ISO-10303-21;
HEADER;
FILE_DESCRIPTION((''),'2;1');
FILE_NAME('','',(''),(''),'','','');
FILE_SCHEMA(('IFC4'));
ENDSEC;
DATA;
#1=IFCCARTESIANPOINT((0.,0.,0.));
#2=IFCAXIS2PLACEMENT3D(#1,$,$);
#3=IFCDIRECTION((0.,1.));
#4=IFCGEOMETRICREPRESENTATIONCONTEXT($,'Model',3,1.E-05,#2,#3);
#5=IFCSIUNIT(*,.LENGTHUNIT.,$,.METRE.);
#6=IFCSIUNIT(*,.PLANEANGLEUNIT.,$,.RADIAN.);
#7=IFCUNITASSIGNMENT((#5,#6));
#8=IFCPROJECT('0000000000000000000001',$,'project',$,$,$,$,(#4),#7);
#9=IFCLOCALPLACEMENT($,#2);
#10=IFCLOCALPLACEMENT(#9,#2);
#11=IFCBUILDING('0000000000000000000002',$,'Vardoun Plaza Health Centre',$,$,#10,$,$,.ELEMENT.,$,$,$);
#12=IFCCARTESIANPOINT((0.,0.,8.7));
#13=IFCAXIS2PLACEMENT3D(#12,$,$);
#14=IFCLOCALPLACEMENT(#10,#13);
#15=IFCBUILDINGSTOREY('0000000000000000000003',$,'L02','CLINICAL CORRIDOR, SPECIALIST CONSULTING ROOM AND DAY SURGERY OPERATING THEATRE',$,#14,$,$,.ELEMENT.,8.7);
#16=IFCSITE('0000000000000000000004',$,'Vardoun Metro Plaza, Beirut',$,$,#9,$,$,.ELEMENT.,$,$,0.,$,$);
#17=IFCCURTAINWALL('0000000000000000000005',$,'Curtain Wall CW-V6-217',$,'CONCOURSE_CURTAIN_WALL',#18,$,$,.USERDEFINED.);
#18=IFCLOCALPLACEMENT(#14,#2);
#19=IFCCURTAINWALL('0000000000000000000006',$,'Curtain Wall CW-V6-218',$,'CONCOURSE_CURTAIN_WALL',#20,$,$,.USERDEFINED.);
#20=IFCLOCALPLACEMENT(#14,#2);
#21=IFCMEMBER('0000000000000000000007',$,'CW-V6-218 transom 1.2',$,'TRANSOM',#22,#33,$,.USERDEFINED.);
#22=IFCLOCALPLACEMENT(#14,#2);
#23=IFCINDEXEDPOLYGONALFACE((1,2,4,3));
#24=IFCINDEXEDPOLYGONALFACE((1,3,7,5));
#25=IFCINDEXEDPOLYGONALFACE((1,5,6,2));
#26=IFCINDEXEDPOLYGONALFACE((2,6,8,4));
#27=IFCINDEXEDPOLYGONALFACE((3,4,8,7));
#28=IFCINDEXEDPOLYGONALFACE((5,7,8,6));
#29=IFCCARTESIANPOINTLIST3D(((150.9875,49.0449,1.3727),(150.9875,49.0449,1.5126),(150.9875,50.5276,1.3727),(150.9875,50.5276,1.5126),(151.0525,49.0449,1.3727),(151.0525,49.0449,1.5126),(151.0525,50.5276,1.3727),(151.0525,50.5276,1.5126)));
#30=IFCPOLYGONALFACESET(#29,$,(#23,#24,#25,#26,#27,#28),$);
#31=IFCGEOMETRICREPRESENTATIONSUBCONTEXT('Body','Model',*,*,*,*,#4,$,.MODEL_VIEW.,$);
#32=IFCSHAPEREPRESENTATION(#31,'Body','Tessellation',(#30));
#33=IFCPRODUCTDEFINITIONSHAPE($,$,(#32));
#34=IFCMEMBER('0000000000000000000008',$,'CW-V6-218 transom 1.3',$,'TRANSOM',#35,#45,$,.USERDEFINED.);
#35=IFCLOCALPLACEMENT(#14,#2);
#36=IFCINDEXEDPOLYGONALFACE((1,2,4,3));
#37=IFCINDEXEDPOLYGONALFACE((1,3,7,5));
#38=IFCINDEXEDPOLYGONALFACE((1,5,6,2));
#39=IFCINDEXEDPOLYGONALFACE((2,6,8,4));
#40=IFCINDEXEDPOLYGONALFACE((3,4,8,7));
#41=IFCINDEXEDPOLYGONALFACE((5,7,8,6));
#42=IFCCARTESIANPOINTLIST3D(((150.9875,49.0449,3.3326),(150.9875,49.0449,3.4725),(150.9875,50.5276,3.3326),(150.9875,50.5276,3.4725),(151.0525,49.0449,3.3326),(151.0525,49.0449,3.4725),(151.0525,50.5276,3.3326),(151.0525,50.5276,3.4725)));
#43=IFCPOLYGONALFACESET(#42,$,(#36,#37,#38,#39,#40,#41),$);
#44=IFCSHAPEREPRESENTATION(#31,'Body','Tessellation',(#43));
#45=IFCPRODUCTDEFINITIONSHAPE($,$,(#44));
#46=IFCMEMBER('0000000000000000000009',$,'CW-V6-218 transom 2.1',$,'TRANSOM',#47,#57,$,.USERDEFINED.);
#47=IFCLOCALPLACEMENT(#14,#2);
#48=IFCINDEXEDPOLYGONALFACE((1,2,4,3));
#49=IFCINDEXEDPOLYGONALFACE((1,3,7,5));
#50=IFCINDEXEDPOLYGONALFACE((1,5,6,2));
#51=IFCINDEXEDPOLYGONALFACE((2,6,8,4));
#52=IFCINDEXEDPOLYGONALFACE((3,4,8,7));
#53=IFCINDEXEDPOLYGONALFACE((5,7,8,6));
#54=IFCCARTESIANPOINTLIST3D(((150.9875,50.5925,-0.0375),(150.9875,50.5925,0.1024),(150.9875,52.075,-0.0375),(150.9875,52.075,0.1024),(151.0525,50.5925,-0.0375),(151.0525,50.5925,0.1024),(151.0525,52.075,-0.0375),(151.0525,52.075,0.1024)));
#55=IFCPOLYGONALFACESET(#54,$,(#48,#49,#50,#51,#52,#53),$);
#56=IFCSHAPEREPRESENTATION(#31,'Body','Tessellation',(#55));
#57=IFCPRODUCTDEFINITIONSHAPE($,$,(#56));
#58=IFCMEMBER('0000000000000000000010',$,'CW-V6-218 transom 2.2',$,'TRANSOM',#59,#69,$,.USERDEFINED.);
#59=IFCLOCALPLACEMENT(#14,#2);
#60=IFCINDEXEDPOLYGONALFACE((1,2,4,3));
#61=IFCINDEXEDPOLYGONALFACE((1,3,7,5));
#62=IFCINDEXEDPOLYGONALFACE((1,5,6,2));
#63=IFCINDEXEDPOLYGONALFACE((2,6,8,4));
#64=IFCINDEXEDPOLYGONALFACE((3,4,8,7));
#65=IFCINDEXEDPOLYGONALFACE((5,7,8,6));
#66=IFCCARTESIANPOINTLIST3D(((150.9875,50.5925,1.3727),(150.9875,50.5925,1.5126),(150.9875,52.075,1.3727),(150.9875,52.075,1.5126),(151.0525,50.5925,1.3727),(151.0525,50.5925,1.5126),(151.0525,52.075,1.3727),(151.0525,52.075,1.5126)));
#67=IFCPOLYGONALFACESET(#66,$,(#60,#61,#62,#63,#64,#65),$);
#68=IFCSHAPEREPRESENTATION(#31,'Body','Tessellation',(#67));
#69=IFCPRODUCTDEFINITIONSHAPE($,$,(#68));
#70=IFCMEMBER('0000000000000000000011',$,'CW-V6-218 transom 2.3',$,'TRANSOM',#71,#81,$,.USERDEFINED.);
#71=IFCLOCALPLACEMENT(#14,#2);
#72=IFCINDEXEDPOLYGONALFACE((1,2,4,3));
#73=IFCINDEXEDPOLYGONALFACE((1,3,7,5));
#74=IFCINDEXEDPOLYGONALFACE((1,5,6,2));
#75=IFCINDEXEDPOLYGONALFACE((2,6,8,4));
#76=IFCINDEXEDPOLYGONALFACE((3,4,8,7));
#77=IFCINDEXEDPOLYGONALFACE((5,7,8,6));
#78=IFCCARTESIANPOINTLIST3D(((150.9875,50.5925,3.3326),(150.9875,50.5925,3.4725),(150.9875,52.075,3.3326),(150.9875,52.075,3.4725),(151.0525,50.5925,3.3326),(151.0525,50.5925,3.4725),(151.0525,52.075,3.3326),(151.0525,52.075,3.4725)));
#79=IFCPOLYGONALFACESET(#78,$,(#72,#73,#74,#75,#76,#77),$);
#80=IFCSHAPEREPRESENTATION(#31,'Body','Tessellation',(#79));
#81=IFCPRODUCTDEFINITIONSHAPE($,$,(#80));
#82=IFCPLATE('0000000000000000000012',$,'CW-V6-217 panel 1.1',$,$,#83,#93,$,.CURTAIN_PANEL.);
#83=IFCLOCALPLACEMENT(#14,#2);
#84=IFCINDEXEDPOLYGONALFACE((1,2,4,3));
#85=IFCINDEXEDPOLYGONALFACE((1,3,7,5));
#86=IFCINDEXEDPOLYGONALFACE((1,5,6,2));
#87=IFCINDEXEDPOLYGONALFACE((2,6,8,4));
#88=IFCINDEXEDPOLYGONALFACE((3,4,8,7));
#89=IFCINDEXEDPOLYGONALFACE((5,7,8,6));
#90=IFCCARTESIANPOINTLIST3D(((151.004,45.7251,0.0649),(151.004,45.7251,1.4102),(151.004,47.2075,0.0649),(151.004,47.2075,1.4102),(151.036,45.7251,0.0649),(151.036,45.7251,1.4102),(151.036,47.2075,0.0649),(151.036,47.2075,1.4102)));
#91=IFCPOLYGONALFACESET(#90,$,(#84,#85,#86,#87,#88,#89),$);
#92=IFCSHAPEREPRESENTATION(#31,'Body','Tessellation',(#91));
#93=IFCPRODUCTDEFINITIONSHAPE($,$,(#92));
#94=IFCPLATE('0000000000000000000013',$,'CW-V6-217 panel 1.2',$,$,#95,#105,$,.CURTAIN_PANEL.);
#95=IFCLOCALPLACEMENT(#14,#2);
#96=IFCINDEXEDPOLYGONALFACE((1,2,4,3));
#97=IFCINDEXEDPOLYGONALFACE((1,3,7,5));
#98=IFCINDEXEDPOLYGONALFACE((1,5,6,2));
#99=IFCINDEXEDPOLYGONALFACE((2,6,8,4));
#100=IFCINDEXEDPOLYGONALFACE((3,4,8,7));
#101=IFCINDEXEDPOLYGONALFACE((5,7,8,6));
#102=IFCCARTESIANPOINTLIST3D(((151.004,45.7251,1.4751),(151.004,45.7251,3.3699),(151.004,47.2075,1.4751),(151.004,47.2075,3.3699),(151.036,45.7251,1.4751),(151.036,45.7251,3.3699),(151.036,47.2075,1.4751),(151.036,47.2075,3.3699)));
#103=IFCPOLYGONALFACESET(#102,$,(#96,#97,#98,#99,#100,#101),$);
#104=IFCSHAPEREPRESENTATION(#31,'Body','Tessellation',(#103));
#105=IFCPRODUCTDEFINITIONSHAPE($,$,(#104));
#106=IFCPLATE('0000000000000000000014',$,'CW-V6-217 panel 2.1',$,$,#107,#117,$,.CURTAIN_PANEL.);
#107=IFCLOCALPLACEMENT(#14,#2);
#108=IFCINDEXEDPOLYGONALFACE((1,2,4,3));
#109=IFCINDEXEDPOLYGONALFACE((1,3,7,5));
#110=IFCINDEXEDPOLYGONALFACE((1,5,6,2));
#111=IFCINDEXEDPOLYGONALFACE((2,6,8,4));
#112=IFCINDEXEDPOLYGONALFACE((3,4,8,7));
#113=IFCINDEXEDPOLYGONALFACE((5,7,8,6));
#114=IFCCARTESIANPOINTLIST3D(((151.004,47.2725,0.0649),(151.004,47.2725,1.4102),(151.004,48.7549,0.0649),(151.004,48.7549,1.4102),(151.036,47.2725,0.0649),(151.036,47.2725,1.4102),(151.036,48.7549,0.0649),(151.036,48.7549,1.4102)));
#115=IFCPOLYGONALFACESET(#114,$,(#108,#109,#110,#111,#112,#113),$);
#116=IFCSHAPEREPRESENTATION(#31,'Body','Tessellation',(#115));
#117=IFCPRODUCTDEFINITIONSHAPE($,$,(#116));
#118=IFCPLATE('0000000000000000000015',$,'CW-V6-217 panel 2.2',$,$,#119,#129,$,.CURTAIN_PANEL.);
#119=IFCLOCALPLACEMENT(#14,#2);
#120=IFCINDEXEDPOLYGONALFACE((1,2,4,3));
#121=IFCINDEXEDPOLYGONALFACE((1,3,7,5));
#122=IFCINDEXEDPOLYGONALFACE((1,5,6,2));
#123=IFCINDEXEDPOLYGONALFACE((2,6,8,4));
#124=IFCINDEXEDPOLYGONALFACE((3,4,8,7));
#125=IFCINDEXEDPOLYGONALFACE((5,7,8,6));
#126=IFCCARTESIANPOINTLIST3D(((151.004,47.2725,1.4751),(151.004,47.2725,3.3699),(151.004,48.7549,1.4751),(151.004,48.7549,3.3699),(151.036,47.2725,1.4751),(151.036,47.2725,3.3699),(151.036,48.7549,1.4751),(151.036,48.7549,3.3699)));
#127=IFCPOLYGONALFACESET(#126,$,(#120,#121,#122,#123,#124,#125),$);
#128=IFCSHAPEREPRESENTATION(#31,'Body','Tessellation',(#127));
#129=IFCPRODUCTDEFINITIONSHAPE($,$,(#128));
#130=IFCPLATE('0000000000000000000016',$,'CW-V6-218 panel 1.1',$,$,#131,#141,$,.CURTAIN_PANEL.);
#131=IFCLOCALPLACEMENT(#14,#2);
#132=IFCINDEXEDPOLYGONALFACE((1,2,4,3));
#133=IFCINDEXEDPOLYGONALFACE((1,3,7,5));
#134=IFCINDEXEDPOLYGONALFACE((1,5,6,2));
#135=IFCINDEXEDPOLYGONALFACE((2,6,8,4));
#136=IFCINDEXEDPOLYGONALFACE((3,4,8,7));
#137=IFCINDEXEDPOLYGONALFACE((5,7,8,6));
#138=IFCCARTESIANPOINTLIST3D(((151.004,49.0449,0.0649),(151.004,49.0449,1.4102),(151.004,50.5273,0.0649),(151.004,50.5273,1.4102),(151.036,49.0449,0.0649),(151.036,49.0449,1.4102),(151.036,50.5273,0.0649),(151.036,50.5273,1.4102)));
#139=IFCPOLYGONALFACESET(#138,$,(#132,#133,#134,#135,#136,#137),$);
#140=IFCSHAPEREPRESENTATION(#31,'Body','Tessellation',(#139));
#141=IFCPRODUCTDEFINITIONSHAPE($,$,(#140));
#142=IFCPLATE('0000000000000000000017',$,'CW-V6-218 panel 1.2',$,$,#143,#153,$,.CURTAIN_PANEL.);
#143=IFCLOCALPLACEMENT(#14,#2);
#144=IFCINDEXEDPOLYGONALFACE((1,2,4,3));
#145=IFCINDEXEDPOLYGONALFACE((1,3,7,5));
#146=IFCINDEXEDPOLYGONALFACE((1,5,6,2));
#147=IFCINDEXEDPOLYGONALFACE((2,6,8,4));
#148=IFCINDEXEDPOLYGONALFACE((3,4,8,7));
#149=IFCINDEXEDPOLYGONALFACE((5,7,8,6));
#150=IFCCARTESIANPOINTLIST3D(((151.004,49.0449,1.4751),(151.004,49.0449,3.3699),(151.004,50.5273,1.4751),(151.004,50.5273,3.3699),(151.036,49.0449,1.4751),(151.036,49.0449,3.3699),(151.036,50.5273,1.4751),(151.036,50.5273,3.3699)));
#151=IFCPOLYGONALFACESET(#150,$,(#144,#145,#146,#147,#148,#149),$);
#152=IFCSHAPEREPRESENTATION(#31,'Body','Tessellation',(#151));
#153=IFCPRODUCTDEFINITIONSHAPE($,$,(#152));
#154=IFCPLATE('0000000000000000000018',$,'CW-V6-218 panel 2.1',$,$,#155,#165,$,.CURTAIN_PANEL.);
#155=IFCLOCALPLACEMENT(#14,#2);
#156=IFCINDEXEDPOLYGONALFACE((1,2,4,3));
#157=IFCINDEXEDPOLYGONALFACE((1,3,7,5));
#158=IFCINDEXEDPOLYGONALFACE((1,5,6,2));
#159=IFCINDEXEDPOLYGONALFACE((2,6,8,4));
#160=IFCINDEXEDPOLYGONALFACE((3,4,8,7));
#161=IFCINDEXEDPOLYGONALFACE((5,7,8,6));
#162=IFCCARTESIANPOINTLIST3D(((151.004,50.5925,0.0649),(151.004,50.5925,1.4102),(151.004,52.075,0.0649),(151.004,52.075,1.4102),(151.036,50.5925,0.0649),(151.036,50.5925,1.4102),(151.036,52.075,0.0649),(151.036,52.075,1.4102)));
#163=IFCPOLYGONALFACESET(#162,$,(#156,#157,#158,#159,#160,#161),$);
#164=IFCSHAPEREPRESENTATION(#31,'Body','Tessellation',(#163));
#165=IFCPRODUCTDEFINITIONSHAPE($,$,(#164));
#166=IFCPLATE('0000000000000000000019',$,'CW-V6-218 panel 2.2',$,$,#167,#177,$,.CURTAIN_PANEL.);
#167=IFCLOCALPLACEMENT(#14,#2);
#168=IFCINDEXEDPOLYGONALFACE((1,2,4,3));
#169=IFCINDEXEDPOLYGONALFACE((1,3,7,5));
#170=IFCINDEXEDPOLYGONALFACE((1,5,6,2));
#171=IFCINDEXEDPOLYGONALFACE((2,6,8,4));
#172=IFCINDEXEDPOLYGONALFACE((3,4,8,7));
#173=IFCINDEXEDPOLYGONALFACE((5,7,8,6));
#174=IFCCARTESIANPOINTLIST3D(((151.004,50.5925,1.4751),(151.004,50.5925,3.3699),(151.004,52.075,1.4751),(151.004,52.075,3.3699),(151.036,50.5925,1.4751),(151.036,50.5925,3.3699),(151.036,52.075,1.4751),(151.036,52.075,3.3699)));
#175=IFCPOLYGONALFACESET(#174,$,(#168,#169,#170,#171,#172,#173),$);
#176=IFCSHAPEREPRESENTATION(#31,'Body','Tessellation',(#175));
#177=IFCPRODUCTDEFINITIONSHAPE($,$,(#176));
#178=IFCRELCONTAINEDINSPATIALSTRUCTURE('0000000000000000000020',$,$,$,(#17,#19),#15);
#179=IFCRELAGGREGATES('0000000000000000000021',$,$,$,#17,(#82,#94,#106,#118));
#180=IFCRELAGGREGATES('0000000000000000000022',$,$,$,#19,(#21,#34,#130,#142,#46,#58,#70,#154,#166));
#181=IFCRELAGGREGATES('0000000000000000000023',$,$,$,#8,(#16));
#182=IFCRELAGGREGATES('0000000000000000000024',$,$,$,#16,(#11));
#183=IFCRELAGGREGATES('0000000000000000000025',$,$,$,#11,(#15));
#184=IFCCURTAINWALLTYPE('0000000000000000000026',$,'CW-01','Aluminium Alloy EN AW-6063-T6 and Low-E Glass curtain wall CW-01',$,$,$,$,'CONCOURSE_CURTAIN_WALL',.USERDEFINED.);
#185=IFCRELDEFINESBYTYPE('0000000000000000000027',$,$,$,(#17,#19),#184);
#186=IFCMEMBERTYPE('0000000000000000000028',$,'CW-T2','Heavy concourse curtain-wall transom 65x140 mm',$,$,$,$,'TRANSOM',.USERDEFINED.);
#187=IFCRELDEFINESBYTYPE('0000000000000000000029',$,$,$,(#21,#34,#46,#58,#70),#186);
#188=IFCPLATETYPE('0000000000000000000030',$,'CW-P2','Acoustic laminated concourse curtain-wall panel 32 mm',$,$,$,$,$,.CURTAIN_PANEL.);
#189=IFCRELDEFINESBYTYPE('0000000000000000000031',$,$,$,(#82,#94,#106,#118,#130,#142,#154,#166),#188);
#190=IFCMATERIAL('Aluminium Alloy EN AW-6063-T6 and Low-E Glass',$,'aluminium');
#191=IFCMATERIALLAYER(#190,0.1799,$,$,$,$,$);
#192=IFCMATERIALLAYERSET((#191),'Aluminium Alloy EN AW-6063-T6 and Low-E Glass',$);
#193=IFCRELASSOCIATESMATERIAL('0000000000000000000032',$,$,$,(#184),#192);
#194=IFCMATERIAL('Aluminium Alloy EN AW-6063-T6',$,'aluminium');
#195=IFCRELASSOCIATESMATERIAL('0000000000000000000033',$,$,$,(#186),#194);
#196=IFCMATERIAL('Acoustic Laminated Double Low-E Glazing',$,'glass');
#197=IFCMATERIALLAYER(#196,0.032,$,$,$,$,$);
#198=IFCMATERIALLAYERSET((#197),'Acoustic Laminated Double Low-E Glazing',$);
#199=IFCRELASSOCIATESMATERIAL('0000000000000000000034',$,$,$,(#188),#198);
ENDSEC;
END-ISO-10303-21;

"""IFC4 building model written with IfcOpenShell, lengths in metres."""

from ifc_helpers import new_model, si_unit, direction, frame, origin, origin_2d, place, context, subcontext, project, spatial, rectangle, extrude, material, layer, layer_set, material_profile, profile_set, type_object, element, aggregate, save


model = new_model("IFC4")

# Units and contexts
model_context = context("Model", 3, precision=1e-05, world=origin(), true_north=direction((0.0, 1.0)))
body_context = subcontext(model_context, "Body", "Model", "MODEL_VIEW")
ifc_project = project(units=[si_unit("LENGTHUNIT", "METRE"), si_unit("PLANEANGLEUNIT", "RADIAN")], contexts=[model_context])

# Site, building, storey
site_placement = place(None, origin())
site = spatial("IfcSite", under=ifc_project, at=site_placement, Name="Vardoun Metro Plaza, Beirut", CompositionType="ELEMENT", RefElevation=0.0)
building_placement = place(site_placement, origin())
building = spatial("IfcBuilding", under=site, at=building_placement, Name="Vardoun Plaza Health Centre", CompositionType="ELEMENT")
storey_placement = place(building_placement, frame((0.0, 0.0, 8.7)))
storey = spatial("IfcBuildingStorey", under=building, at=storey_placement, Name="L02", Description="CLINICAL CORRIDOR, SPECIALIST CONSULTING ROOM AND DAY SURGERY OPERATING THEATRE", CompositionType="ELEMENT", Elevation=8.7)

# Curtain walls
ifc_material_1 = material(Name="Aluminium Alloy EN AW-6063-T6 and Low-E Glass", Category="aluminium")
ifc_layer_1 = layer(ifc_material_1, 0.1799)
ifc_layer_set_1 = layer_set([ifc_layer_1], Name="Aluminium Alloy EN AW-6063-T6 and Low-E Glass")
curtain_wall_type = type_object("IfcCurtainWallType", Name="CW-01", Description="Aluminium Alloy EN AW-6063-T6 and Low-E Glass curtain wall CW-01", ElementType="CONCOURSE_CURTAIN_WALL", PredefinedType="USERDEFINED", material=ifc_layer_set_1)
curtain_wall_1_placement = place(storey_placement, origin())
curtain_wall_1 = element("IfcCurtainWall", 1, at=curtain_wall_1_placement, inside=storey, type_object=curtain_wall_type, Name="Curtain Wall CW-V6-217", ObjectType="CONCOURSE_CURTAIN_WALL", PredefinedType="USERDEFINED")
curtain_wall_2_placement = place(storey_placement, origin())
curtain_wall_2 = element("IfcCurtainWall", 2, at=curtain_wall_2_placement, inside=storey, type_object=curtain_wall_type, Name="Curtain Wall CW-V6-218", ObjectType="CONCOURSE_CURTAIN_WALL", PredefinedType="USERDEFINED")

# Members
ifc_material_2 = material(Name="Aluminium Alloy EN AW-6063-T6", Category="aluminium")
ifc_material_profile_1 = material_profile(ifc_material_2, rectangle(XDim=0.0649, YDim=0.1399, at=origin_2d()), Name="CWT 65x140")
ifc_profile_set_1 = profile_set([ifc_material_profile_1], Name="Aluminium Alloy EN AW-6063-T6")
member_type_1 = type_object("IfcMemberType", Name="CW-T2", Description="Heavy concourse curtain-wall transom 65x140 mm", ElementType="TRANSOM", PredefinedType="USERDEFINED", material=ifc_profile_set_1)
member_1_placement = place(storey_placement, frame((151.02, 49.0449, 1.4426), z_axis=(0.0, 1.0, 0.0), x_axis=(-1.0, 0.0, 0.0)))
member_1 = element("IfcMember", 3, at=member_1_placement, type_object=member_type_1, Name="CW-V6-218 transom 1.2", ObjectType="TRANSOM", PredefinedType="USERDEFINED", context=body_context, shape_type="SweptSolid", body=[
    extrude(rectangle(XDim=0.0649, YDim=0.1399, at=origin_2d()), origin(), (0.0, 0.0, 1.0), 1.4827),
])
member_2_placement = place(storey_placement, frame((151.02, 49.0449, 3.4026), z_axis=(0.0, 1.0, 0.0), x_axis=(-1.0, 0.0, 0.0)))
member_2 = element("IfcMember", 4, at=member_2_placement, type_object=member_type_1, Name="CW-V6-218 transom 1.3", ObjectType="TRANSOM", PredefinedType="USERDEFINED", context=body_context, shape_type="SweptSolid", body=[
    extrude(rectangle(XDim=0.0649, YDim=0.1399, at=origin_2d()), origin(), (0.0, 0.0, 1.0), 1.4827),
])
member_3_placement = place(storey_placement, frame((151.02, 50.5925, 0.0325), z_axis=(0.0, 1.0, 0.0), x_axis=(-1.0, 0.0, 0.0)))
member_3 = element("IfcMember", 5, at=member_3_placement, type_object=member_type_1, Name="CW-V6-218 transom 2.1", ObjectType="TRANSOM", PredefinedType="USERDEFINED", context=body_context, shape_type="SweptSolid", body=[
    extrude(rectangle(XDim=0.0649, YDim=0.1399, at=origin_2d()), origin(), (0.0, 0.0, 1.0), 1.4824),
])
member_4_placement = place(storey_placement, frame((151.02, 50.5925, 1.4426), z_axis=(0.0, 1.0, 0.0), x_axis=(-1.0, 0.0, 0.0)))
member_4 = element("IfcMember", 6, at=member_4_placement, type_object=member_type_1, Name="CW-V6-218 transom 2.2", ObjectType="TRANSOM", PredefinedType="USERDEFINED", context=body_context, shape_type="SweptSolid", body=[
    extrude(rectangle(XDim=0.0649, YDim=0.1399, at=origin_2d()), origin(), (0.0, 0.0, 1.0), 1.4824),
])
member_5_placement = place(storey_placement, frame((151.02, 50.5925, 3.4026), z_axis=(0.0, 1.0, 0.0), x_axis=(-1.0, 0.0, 0.0)))
member_5 = element("IfcMember", 7, at=member_5_placement, type_object=member_type_1, Name="CW-V6-218 transom 2.3", ObjectType="TRANSOM", PredefinedType="USERDEFINED", context=body_context, shape_type="SweptSolid", body=[
    extrude(rectangle(XDim=0.0649, YDim=0.1399, at=origin_2d()), origin(), (0.0, 0.0, 1.0), 1.4824),
])

# Plates
ifc_material_3 = material(Name="Acoustic Laminated Double Low-E Glazing", Category="glass")
ifc_layer_2 = layer(ifc_material_3, 0.032)
ifc_layer_set_2 = layer_set([ifc_layer_2], Name="Acoustic Laminated Double Low-E Glazing")
plate_type = type_object("IfcPlateType", Name="CW-P2", Description="Acoustic laminated concourse curtain-wall panel 32 mm", PredefinedType="CURTAIN_PANEL", material=ifc_layer_set_2)
plate_1_placement = place(storey_placement, frame((151.02, 46.4663, 0.0649), z_axis=(0.0, 0.0, 1.0), x_axis=(0.0, 1.0, 0.0)))
plate_1 = element("IfcPlate", 8, at=plate_1_placement, type_object=plate_type, Name="CW-V6-217 panel 1.1", PredefinedType="CURTAIN_PANEL", context=body_context, shape_type="SweptSolid", body=[
    extrude(rectangle(XDim=1.4824, YDim=0.032, at=origin_2d()), origin(), (0.0, 0.0, 1.0), 1.3452),
])
plate_2_placement = place(storey_placement, frame((151.02, 46.4663, 1.4751), z_axis=(0.0, 0.0, 1.0), x_axis=(0.0, 1.0, 0.0)))
plate_2 = element("IfcPlate", 9, at=plate_2_placement, type_object=plate_type, Name="CW-V6-217 panel 1.2", PredefinedType="CURTAIN_PANEL", context=body_context, shape_type="SweptSolid", body=[
    extrude(rectangle(XDim=1.4824, YDim=0.032, at=origin_2d()), origin(), (0.0, 0.0, 1.0), 1.8948),
])
plate_3_placement = place(storey_placement, frame((151.02, 48.0137, 0.0649), z_axis=(0.0, 0.0, 1.0), x_axis=(0.0, 1.0, 0.0)))
plate_3 = element("IfcPlate", 10, at=plate_3_placement, type_object=plate_type, Name="CW-V6-217 panel 2.1", PredefinedType="CURTAIN_PANEL", context=body_context, shape_type="SweptSolid", body=[
    extrude(rectangle(XDim=1.4824, YDim=0.032, at=origin_2d()), origin(), (0.0, 0.0, 1.0), 1.3452),
])
plate_4_placement = place(storey_placement, frame((151.02, 48.0137, 1.4751), z_axis=(0.0, 0.0, 1.0), x_axis=(0.0, 1.0, 0.0)))
plate_4 = element("IfcPlate", 11, at=plate_4_placement, type_object=plate_type, Name="CW-V6-217 panel 2.2", PredefinedType="CURTAIN_PANEL", context=body_context, shape_type="SweptSolid", body=[
    extrude(rectangle(XDim=1.4824, YDim=0.032, at=origin_2d()), origin(), (0.0, 0.0, 1.0), 1.8948),
])
aggregate(curtain_wall_1, [plate_1, plate_2, plate_3, plate_4])
plate_5_placement = place(storey_placement, frame((151.02, 49.7861, 0.0649), z_axis=(0.0, 0.0, 1.0), x_axis=(0.0, 1.0, 0.0)))
plate_5 = element("IfcPlate", 12, at=plate_5_placement, type_object=plate_type, Name="CW-V6-218 panel 1.1", PredefinedType="CURTAIN_PANEL", context=body_context, shape_type="SweptSolid", body=[
    extrude(rectangle(XDim=1.4824, YDim=0.032, at=origin_2d()), origin(), (0.0, 0.0, 1.0), 1.3452),
])
plate_6_placement = place(storey_placement, frame((151.02, 49.7861, 1.4751), z_axis=(0.0, 0.0, 1.0), x_axis=(0.0, 1.0, 0.0)))
plate_6 = element("IfcPlate", 13, at=plate_6_placement, type_object=plate_type, Name="CW-V6-218 panel 1.2", PredefinedType="CURTAIN_PANEL", context=body_context, shape_type="SweptSolid", body=[
    extrude(rectangle(XDim=1.4824, YDim=0.032, at=origin_2d()), origin(), (0.0, 0.0, 1.0), 1.8948),
])
plate_7_placement = place(storey_placement, frame((151.02, 51.3337, 0.0649), z_axis=(0.0, 0.0, 1.0), x_axis=(0.0, 1.0, 0.0)))
plate_7 = element("IfcPlate", 14, at=plate_7_placement, type_object=plate_type, Name="CW-V6-218 panel 2.1", PredefinedType="CURTAIN_PANEL", context=body_context, shape_type="SweptSolid", body=[
    extrude(rectangle(XDim=1.4824, YDim=0.032, at=origin_2d()), origin(), (0.0, 0.0, 1.0), 1.3452),
])
plate_8_placement = place(storey_placement, frame((151.02, 51.3337, 1.4751), z_axis=(0.0, 0.0, 1.0), x_axis=(0.0, 1.0, 0.0)))
plate_8 = element("IfcPlate", 15, at=plate_8_placement, type_object=plate_type, Name="CW-V6-218 panel 2.2", PredefinedType="CURTAIN_PANEL", context=body_context, shape_type="SweptSolid", body=[
    extrude(rectangle(XDim=1.4824, YDim=0.032, at=origin_2d()), origin(), (0.0, 0.0, 1.0), 1.8948),
])
aggregate(curtain_wall_2, [member_1, member_2, plate_5, plate_6, member_3, member_4, member_5, plate_7, plate_8])

save(model, "model.ifc")
